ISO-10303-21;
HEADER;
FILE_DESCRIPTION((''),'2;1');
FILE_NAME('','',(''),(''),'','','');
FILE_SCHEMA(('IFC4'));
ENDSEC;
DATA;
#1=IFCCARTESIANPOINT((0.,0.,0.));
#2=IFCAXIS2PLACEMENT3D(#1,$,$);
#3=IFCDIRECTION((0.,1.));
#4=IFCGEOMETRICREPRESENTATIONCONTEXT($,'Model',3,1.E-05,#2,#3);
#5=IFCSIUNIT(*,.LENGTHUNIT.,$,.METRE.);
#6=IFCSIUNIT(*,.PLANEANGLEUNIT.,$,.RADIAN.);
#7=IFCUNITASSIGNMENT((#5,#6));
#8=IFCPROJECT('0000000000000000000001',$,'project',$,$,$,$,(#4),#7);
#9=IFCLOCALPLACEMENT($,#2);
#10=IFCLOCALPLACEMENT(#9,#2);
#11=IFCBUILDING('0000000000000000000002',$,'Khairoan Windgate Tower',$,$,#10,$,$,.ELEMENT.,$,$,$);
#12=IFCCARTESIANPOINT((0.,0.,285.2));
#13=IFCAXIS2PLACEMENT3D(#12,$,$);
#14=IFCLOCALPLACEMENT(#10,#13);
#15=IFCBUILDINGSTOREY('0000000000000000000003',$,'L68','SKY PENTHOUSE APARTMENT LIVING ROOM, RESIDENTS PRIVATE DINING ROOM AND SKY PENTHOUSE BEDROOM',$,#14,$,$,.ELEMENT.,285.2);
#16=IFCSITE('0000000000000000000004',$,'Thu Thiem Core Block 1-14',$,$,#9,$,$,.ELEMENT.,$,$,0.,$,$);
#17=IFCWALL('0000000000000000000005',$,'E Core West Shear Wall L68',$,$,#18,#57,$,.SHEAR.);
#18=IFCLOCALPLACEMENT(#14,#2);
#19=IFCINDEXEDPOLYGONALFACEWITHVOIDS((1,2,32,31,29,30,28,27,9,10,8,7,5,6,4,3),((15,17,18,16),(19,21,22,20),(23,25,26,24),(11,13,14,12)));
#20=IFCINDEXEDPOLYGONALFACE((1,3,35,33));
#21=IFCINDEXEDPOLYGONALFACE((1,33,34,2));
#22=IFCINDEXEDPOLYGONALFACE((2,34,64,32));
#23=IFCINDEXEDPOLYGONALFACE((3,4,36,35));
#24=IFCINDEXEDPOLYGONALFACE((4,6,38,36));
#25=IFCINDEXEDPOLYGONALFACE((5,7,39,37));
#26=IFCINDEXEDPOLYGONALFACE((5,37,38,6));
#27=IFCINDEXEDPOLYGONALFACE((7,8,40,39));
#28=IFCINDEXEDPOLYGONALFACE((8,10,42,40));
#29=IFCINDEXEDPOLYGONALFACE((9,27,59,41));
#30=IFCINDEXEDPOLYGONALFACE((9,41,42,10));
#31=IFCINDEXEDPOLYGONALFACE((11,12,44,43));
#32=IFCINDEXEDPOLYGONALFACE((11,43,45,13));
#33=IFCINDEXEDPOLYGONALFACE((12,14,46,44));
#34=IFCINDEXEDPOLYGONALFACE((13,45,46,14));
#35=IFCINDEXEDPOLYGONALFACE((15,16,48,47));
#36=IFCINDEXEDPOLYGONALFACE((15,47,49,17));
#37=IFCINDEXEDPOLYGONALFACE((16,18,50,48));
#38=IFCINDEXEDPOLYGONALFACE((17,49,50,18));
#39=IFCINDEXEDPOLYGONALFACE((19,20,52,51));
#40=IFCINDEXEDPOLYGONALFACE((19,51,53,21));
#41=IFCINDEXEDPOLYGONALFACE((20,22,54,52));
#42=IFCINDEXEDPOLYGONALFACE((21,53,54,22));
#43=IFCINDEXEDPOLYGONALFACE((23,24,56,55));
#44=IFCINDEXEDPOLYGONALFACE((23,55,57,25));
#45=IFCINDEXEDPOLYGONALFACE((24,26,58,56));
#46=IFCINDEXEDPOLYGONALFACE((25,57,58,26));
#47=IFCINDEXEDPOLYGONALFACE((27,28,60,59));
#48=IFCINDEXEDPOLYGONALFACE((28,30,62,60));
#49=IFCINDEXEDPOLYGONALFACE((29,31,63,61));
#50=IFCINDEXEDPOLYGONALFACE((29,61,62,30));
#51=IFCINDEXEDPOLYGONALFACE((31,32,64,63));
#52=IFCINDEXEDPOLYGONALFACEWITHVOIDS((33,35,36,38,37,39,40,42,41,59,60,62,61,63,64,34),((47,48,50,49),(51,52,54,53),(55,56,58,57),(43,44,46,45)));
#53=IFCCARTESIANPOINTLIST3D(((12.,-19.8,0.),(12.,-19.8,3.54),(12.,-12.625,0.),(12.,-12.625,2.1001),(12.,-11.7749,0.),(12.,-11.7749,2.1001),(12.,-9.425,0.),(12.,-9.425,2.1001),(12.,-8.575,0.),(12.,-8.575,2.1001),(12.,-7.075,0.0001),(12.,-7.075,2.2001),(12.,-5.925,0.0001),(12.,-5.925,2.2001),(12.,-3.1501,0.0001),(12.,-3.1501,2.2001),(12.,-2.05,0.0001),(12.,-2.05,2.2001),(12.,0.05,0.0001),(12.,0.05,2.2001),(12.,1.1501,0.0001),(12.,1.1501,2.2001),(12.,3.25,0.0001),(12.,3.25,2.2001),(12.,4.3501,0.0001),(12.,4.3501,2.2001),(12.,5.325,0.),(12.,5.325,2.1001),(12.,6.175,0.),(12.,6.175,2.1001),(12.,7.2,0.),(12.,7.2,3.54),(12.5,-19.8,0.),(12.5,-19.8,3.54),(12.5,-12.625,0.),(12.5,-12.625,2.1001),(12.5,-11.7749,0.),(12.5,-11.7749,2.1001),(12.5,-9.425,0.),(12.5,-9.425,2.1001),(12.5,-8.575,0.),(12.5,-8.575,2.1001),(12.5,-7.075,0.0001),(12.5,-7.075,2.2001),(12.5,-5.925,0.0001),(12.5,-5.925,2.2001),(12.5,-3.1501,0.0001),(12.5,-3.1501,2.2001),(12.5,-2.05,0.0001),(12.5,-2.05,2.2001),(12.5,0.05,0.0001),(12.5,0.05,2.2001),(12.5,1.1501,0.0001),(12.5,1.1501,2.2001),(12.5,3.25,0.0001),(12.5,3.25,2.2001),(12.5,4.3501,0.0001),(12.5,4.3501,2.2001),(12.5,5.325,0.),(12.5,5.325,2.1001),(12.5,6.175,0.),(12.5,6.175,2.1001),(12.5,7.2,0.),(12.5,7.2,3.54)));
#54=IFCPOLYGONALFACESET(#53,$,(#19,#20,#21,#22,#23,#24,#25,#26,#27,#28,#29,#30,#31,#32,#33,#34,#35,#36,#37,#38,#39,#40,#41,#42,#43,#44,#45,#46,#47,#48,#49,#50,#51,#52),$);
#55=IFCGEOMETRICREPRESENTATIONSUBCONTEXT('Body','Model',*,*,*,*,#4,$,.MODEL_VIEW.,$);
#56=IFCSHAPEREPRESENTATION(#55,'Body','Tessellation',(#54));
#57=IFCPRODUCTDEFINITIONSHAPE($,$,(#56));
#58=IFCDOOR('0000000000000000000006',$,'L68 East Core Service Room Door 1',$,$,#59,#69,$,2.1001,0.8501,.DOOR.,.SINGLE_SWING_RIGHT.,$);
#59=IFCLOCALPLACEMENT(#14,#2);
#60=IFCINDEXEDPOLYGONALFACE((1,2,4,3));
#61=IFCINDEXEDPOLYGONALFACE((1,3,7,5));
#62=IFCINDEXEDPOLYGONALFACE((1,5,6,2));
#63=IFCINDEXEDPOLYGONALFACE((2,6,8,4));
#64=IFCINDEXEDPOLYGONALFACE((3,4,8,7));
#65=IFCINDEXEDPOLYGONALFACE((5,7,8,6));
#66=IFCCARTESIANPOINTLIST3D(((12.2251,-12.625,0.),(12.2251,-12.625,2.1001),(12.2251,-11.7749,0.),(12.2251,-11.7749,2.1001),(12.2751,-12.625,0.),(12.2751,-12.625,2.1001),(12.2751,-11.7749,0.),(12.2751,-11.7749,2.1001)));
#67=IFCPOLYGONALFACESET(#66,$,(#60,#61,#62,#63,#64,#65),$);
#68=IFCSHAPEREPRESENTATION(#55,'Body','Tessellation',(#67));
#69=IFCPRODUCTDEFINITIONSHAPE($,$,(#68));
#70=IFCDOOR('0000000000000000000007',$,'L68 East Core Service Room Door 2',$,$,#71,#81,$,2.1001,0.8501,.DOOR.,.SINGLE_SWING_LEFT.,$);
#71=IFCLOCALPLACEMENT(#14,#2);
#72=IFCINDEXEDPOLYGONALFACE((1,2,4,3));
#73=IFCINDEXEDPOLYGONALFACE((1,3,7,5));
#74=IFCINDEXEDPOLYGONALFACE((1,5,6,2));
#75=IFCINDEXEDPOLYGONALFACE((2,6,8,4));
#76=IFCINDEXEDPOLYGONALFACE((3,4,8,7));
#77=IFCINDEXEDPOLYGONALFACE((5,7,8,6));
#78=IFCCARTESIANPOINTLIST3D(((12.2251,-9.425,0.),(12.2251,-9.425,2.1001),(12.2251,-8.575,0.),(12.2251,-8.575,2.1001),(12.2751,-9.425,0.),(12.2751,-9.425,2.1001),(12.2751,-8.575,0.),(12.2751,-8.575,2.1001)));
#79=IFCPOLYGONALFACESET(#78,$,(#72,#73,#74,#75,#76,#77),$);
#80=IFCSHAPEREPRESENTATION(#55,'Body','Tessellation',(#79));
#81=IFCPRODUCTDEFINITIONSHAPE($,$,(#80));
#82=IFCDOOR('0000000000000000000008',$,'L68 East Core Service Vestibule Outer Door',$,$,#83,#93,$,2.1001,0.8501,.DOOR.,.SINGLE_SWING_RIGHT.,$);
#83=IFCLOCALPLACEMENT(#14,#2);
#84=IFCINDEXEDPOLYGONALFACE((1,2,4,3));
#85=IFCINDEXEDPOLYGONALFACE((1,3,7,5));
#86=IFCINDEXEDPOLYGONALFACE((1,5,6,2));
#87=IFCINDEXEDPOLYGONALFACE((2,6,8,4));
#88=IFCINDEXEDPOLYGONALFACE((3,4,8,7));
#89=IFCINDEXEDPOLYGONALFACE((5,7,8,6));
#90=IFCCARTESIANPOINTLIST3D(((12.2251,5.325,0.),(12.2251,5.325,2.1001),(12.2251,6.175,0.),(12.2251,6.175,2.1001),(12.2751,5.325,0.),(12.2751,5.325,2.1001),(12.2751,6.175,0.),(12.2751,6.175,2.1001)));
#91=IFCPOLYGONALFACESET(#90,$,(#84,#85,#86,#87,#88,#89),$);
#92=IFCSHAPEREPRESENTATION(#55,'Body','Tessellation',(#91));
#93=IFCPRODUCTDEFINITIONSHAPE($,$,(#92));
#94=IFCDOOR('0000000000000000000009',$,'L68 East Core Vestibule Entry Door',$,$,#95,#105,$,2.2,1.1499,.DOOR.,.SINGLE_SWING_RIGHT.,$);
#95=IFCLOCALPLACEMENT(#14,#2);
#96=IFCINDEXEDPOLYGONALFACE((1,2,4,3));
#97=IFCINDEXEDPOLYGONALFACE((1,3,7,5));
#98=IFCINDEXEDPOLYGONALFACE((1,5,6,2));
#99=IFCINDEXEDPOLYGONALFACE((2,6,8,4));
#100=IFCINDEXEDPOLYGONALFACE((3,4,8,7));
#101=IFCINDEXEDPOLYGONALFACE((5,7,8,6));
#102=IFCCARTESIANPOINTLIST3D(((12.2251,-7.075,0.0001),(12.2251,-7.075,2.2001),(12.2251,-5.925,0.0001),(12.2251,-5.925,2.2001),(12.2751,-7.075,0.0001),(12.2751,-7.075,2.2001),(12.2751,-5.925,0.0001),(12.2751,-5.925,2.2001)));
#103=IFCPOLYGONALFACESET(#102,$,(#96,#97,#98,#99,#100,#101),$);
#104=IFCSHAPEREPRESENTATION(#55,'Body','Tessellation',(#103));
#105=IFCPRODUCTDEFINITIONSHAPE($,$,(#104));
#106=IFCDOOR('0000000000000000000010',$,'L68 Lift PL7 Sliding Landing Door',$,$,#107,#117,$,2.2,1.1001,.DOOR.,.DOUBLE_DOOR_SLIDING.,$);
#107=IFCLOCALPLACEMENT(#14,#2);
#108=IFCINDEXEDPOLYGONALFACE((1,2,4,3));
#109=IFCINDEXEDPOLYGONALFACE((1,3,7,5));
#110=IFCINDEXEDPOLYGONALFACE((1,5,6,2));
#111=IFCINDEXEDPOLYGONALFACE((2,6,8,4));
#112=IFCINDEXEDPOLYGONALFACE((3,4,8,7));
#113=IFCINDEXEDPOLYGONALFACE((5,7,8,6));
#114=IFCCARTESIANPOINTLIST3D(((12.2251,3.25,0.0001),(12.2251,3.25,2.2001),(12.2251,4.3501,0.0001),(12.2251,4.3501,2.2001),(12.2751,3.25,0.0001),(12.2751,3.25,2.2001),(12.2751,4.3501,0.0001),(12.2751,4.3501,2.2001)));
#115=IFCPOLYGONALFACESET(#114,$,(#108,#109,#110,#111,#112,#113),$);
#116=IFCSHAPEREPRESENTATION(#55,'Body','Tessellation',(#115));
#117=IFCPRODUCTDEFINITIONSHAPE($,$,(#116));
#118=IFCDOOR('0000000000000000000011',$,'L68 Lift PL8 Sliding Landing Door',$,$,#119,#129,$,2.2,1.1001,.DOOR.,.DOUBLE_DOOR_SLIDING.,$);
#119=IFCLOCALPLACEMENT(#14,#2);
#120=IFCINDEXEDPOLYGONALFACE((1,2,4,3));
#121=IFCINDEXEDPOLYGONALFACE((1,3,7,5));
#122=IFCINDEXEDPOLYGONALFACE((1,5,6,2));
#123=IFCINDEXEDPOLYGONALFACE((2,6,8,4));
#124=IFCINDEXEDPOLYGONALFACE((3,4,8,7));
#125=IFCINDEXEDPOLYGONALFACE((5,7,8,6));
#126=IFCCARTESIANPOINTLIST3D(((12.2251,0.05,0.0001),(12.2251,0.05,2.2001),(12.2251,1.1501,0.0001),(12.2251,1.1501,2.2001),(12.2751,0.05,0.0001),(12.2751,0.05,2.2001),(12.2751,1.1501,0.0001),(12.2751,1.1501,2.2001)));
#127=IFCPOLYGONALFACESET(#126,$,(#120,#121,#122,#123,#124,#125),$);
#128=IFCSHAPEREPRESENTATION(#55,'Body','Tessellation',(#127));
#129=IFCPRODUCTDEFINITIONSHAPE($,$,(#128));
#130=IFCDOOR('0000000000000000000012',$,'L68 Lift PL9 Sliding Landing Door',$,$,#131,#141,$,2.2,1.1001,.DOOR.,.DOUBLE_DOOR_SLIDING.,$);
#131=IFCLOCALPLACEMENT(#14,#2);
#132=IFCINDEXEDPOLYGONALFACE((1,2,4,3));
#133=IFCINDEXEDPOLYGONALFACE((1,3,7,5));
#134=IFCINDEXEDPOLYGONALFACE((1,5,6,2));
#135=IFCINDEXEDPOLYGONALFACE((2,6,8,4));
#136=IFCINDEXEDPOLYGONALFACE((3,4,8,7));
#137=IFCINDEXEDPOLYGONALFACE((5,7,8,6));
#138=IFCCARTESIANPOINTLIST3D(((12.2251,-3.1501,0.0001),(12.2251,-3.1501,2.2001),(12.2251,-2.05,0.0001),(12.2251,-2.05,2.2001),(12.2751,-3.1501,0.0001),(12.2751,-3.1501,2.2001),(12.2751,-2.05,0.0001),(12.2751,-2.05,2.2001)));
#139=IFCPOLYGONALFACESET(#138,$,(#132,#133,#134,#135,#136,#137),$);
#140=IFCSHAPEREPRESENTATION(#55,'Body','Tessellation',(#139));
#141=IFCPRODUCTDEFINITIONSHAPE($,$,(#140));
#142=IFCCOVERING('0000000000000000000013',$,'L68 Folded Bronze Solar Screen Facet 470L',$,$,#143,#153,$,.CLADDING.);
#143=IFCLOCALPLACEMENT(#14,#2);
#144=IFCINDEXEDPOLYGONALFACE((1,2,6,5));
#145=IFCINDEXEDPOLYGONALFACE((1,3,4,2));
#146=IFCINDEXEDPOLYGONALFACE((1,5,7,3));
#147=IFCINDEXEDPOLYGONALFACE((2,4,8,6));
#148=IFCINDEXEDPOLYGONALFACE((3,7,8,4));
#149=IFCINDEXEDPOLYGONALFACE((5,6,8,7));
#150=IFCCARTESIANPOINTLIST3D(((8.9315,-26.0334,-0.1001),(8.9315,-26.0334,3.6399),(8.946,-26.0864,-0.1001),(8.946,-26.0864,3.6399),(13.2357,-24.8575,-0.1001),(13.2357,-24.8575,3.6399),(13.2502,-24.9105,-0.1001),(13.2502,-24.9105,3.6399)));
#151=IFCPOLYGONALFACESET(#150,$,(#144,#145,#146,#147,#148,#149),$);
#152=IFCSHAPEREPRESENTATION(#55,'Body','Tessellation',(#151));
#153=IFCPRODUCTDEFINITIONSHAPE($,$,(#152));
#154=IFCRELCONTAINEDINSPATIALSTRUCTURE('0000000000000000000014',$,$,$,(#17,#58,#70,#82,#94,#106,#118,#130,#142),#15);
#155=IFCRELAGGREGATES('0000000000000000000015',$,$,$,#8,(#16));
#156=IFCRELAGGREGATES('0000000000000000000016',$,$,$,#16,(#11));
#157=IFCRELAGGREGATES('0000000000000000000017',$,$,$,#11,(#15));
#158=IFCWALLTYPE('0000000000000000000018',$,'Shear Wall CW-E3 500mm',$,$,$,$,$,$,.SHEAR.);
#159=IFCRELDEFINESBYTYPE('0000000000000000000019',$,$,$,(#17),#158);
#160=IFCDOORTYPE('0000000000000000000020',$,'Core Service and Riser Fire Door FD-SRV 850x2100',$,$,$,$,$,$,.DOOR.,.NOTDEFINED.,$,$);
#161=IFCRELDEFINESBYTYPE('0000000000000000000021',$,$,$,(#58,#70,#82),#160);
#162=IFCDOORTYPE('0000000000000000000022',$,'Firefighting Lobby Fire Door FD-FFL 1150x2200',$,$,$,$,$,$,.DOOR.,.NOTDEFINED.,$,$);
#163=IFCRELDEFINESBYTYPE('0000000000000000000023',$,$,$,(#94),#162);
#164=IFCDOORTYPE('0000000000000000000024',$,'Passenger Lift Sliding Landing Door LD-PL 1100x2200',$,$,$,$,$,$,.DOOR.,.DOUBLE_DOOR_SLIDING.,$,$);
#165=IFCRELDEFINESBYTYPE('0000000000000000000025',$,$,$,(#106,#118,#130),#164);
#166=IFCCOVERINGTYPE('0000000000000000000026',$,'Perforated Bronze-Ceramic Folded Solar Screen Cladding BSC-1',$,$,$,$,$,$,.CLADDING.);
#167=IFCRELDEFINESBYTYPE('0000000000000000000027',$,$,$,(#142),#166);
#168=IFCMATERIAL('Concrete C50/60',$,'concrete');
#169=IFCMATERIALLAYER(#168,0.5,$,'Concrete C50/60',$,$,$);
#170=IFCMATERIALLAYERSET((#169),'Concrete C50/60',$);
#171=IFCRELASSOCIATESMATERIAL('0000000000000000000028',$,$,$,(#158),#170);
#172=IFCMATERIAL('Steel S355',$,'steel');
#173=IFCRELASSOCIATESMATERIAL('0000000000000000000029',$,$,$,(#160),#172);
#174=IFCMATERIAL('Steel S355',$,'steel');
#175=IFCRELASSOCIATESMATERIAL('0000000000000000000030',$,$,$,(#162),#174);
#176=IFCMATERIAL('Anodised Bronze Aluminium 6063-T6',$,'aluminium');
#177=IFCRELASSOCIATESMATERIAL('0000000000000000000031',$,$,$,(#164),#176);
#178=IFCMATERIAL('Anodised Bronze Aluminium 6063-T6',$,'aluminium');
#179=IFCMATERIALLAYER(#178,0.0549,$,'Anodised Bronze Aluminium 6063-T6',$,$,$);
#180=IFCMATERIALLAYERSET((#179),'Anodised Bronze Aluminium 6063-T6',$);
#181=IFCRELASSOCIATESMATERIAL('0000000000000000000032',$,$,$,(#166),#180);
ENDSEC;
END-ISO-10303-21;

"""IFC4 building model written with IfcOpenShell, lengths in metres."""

from ifc_helpers import new_model, si_unit, direction, frame, frame_2d, origin, origin_2d, place, context, subcontext, project, spatial, rectangle, extrude, material, layer, layer_set, type_object, element, fill, save


model = new_model("IFC4")

# Units and contexts
model_context = context("Model", 3, precision=1e-05, world=origin(), true_north=direction((0.0, 1.0)))
body_context = subcontext(model_context, "Body", "Model", "MODEL_VIEW")
ifc_project = project(units=[si_unit("LENGTHUNIT", "METRE"), si_unit("PLANEANGLEUNIT", "RADIAN")], contexts=[model_context])

# Site, building, storey
site_placement = place(None, origin())
site = spatial("IfcSite", under=ifc_project, at=site_placement, Name="Thu Thiem Core Block 1-14", CompositionType="ELEMENT", RefElevation=0.0)
building_placement = place(site_placement, origin())
building = spatial("IfcBuilding", under=site, at=building_placement, Name="Khairoan Windgate Tower", CompositionType="ELEMENT")
storey_placement = place(building_placement, frame((0.0, 0.0, 285.2)))
storey = spatial("IfcBuildingStorey", under=building, at=storey_placement, Name="L68", Description="SKY PENTHOUSE APARTMENT LIVING ROOM, RESIDENTS PRIVATE DINING ROOM AND SKY PENTHOUSE BEDROOM", CompositionType="ELEMENT", Elevation=285.2)

# Wall, openings, doors
ifc_material_1 = material(Name="Concrete C50/60", Category="concrete")
ifc_layer_1 = layer(ifc_material_1, 0.5, Name="Concrete C50/60")
ifc_layer_set_1 = layer_set([ifc_layer_1], Name="Concrete C50/60")
wall_type_1 = type_object("IfcWallType", Name="Shear Wall CW-E3 500mm", PredefinedType="SHEAR", material=ifc_layer_set_1)
wall_1_placement = place(storey_placement, frame((12.25, -19.8, 0.0), z_axis=(0.0, 0.0, 1.0), x_axis=(0.0, 1.0, 0.0)))
wall_1 = element("IfcWall", 1, at=wall_1_placement, inside=storey, type_object=wall_type_1, Name="E Core West Shear Wall L68", PredefinedType="SHEAR", context=body_context, shape_type="SweptSolid", body=[
    extrude(rectangle(XDim=27.0, YDim=0.5, at=frame_2d((13.5, 0.0))), origin(), (0.0, 0.0, 1.0), 3.54),
])
opening_1_placement = place(wall_1_placement, frame((23.05, 0.0, 0.0)))
opening_1 = element("IfcOpeningElement", 2, at=opening_1_placement, cuts=wall_1, PredefinedType="OPENING", context=body_context, shape_type="SweptSolid", body=[
    extrude(rectangle(XDim=1.1001, YDim=2.2, at=frame_2d((0.55, 1.1001))), frame((0.0, 0.26, 0.0), z_axis=(0.0, -1.0, 0.0), x_axis=(1.0, 0.0, 0.0)), (0.0, 0.0, 1.0), 0.52),
])
opening_2_placement = place(wall_1_placement, frame((19.8501, 0.0, 0.0)))
opening_2 = element("IfcOpeningElement", 3, at=opening_2_placement, cuts=wall_1, PredefinedType="OPENING", context=body_context, shape_type="SweptSolid", body=[
    extrude(rectangle(XDim=1.1001, YDim=2.2, at=frame_2d((0.55, 1.1001))), frame((0.0, 0.26, 0.0), z_axis=(0.0, -1.0, 0.0), x_axis=(1.0, 0.0, 0.0)), (0.0, 0.0, 1.0), 0.52),
])
opening_3_placement = place(wall_1_placement, frame((16.6499, 0.0, 0.0)))
opening_3 = element("IfcOpeningElement", 4, at=opening_3_placement, cuts=wall_1, PredefinedType="OPENING", context=body_context, shape_type="SweptSolid", body=[
    extrude(rectangle(XDim=1.1001, YDim=2.2, at=frame_2d((0.55, 1.1001))), frame((0.0, 0.26, 0.0), z_axis=(0.0, -1.0, 0.0), x_axis=(1.0, 0.0, 0.0)), (0.0, 0.0, 1.0), 0.52),
])
opening_4_placement = place(wall_1_placement, frame((7.175, 0.0, 0.0)))
opening_4 = element("IfcOpeningElement", 5, at=opening_4_placement, cuts=wall_1, PredefinedType="OPENING", context=body_context, shape_type="SweptSolid", body=[
    extrude(rectangle(XDim=0.8501, YDim=2.1001, at=frame_2d((0.425, 1.05))), frame((0.0, 0.26, 0.0), z_axis=(0.0, -1.0, 0.0), x_axis=(1.0, 0.0, 0.0)), (0.0, 0.0, 1.0), 0.52),
])
opening_5_placement = place(wall_1_placement, frame((10.375, 0.0, 0.0)))
opening_5 = element("IfcOpeningElement", 6, at=opening_5_placement, cuts=wall_1, PredefinedType="OPENING", context=body_context, shape_type="SweptSolid", body=[
    extrude(rectangle(XDim=0.8501, YDim=2.1001, at=frame_2d((0.425, 1.05))), frame((0.0, 0.26, 0.0), z_axis=(0.0, -1.0, 0.0), x_axis=(1.0, 0.0, 0.0)), (0.0, 0.0, 1.0), 0.52),
])
opening_6_placement = place(wall_1_placement, frame((12.7251, 0.0, 0.0)))
opening_6 = element("IfcOpeningElement", 7, at=opening_6_placement, cuts=wall_1, PredefinedType="OPENING", context=body_context, shape_type="SweptSolid", body=[
    extrude(rectangle(XDim=1.1499, YDim=2.2, at=frame_2d((0.575, 1.1001))), frame((0.0, 0.26, 0.0), z_axis=(0.0, -1.0, 0.0), x_axis=(1.0, 0.0, 0.0)), (0.0, 0.0, 1.0), 0.52),
])
opening_7_placement = place(wall_1_placement, frame((25.125, 0.0, 0.0)))
opening_7 = element("IfcOpeningElement", 8, at=opening_7_placement, cuts=wall_1, PredefinedType="OPENING", context=body_context, shape_type="SweptSolid", body=[
    extrude(rectangle(XDim=0.8501, YDim=2.1001, at=frame_2d((0.425, 1.05))), frame((0.0, 0.26, 0.0), z_axis=(0.0, -1.0, 0.0), x_axis=(1.0, 0.0, 0.0)), (0.0, 0.0, 1.0), 0.52),
])
ifc_material_2 = material(Name="Steel S355", Category="steel")
door_type_1 = type_object("IfcDoorType", Name="Core Service and Riser Fire Door FD-SRV 850x2100", OperationType="NOTDEFINED", PredefinedType="DOOR", material=ifc_material_2)
door_1_placement = place(opening_4_placement, origin())
door_1 = element("IfcDoor", 9, at=door_1_placement, inside=storey, type_object=door_type_1, Name="L68 East Core Service Room Door 1", OperationType="SINGLE_SWING_RIGHT", OverallHeight=2.1001, OverallWidth=0.8501, PredefinedType="DOOR", context=body_context, shape_type="SweptSolid", body=[
    extrude(rectangle(XDim=0.8501, YDim=2.1001, at=frame_2d((0.425, 1.05))), frame((0.0, 0.0249, 0.0), z_axis=(0.0, -1.0, 0.0), x_axis=(1.0, 0.0, 0.0)), (0.0, 0.0, 1.0), 0.05),
])
fill(opening_4, door_1)
door_2_placement = place(opening_5_placement, origin())
door_2 = element("IfcDoor", 10, at=door_2_placement, inside=storey, type_object=door_type_1, Name="L68 East Core Service Room Door 2", OperationType="SINGLE_SWING_LEFT", OverallHeight=2.1001, OverallWidth=0.8501, PredefinedType="DOOR", context=body_context, shape_type="SweptSolid", body=[
    extrude(rectangle(XDim=0.8501, YDim=2.1001, at=frame_2d((0.425, 1.05))), frame((0.0, 0.0249, 0.0), z_axis=(0.0, -1.0, 0.0), x_axis=(1.0, 0.0, 0.0)), (0.0, 0.0, 1.0), 0.05),
])
fill(opening_5, door_2)
door_3_placement = place(opening_7_placement, origin())
door_3 = element("IfcDoor", 11, at=door_3_placement, inside=storey, type_object=door_type_1, Name="L68 East Core Service Vestibule Outer Door", OperationType="SINGLE_SWING_RIGHT", OverallHeight=2.1001, OverallWidth=0.8501, PredefinedType="DOOR", context=body_context, shape_type="SweptSolid", body=[
    extrude(rectangle(XDim=0.8501, YDim=2.1001, at=frame_2d((0.425, 1.05))), frame((0.0, 0.0249, 0.0), z_axis=(0.0, -1.0, 0.0), x_axis=(1.0, 0.0, 0.0)), (0.0, 0.0, 1.0), 0.05),
])
fill(opening_7, door_3)
ifc_material_3 = material(Name="Steel S355", Category="steel")
door_type_2 = type_object("IfcDoorType", Name="Firefighting Lobby Fire Door FD-FFL 1150x2200", OperationType="NOTDEFINED", PredefinedType="DOOR", material=ifc_material_3)
door_4_placement = place(opening_6_placement, origin())
door_4 = element("IfcDoor", 12, at=door_4_placement, inside=storey, type_object=door_type_2, Name="L68 East Core Vestibule Entry Door", OperationType="SINGLE_SWING_RIGHT", OverallHeight=2.2, OverallWidth=1.1499, PredefinedType="DOOR", context=body_context, shape_type="SweptSolid", body=[
    extrude(rectangle(XDim=1.1499, YDim=2.2, at=frame_2d((0.575, 1.1001))), frame((0.0, 0.0249, 0.0), z_axis=(0.0, -1.0, 0.0), x_axis=(1.0, 0.0, 0.0)), (0.0, 0.0, 1.0), 0.05),
])
fill(opening_6, door_4)
ifc_material_4 = material(Name="Anodised Bronze Aluminium 6063-T6", Category="aluminium")
door_type_3 = type_object("IfcDoorType", Name="Passenger Lift Sliding Landing Door LD-PL 1100x2200", OperationType="DOUBLE_DOOR_SLIDING", PredefinedType="DOOR", material=ifc_material_4)
door_5_placement = place(opening_1_placement, origin())
door_5 = element("IfcDoor", 13, at=door_5_placement, inside=storey, type_object=door_type_3, Name="L68 Lift PL7 Sliding Landing Door", OperationType="DOUBLE_DOOR_SLIDING", OverallHeight=2.2, OverallWidth=1.1001, PredefinedType="DOOR", context=body_context, shape_type="SweptSolid", body=[
    extrude(rectangle(XDim=1.1001, YDim=2.2, at=frame_2d((0.55, 1.1001))), frame((0.0, 0.0249, 0.0), z_axis=(0.0, -1.0, 0.0), x_axis=(1.0, 0.0, 0.0)), (0.0, 0.0, 1.0), 0.05),
])
fill(opening_1, door_5)
door_6_placement = place(opening_2_placement, origin())
door_6 = element("IfcDoor", 14, at=door_6_placement, inside=storey, type_object=door_type_3, Name="L68 Lift PL8 Sliding Landing Door", OperationType="DOUBLE_DOOR_SLIDING", OverallHeight=2.2, OverallWidth=1.1001, PredefinedType="DOOR", context=body_context, shape_type="SweptSolid", body=[
    extrude(rectangle(XDim=1.1001, YDim=2.2, at=frame_2d((0.55, 1.1001))), frame((0.0, 0.0249, 0.0), z_axis=(0.0, -1.0, 0.0), x_axis=(1.0, 0.0, 0.0)), (0.0, 0.0, 1.0), 0.05),
])
fill(opening_2, door_6)
door_7_placement = place(opening_3_placement, origin())
door_7 = element("IfcDoor", 15, at=door_7_placement, inside=storey, type_object=door_type_3, Name="L68 Lift PL9 Sliding Landing Door", OperationType="DOUBLE_DOOR_SLIDING", OverallHeight=2.2, OverallWidth=1.1001, PredefinedType="DOOR", context=body_context, shape_type="SweptSolid", body=[
    extrude(rectangle(XDim=1.1001, YDim=2.2, at=frame_2d((0.55, 1.1001))), frame((0.0, 0.0249, 0.0), z_axis=(0.0, -1.0, 0.0), x_axis=(1.0, 0.0, 0.0)), (0.0, 0.0, 1.0), 0.05),
])
fill(opening_3, door_7)

# Covering
ifc_material_5 = material(Name="Anodised Bronze Aluminium 6063-T6", Category="aluminium")
ifc_layer_2 = layer(ifc_material_5, 0.0549, Name="Anodised Bronze Aluminium 6063-T6")
ifc_layer_set_2 = layer_set([ifc_layer_2], Name="Anodised Bronze Aluminium 6063-T6")
covering_type = type_object("IfcCoveringType", Name="Perforated Bronze-Ceramic Folded Solar Screen Cladding BSC-1", PredefinedType="CLADDING", material=ifc_layer_set_2)
covering_placement = place(storey_placement, frame((11.0908, -25.4719, -0.1001), z_axis=(0.0, 0.0, 1.0), x_axis=(-0.964649, -0.263536, 0.0)))
element("IfcCovering", 16, at=covering_placement, inside=storey, type_object=covering_type, Name="L68 Folded Bronze Solar Screen Facet 470L", PredefinedType="CLADDING", context=body_context, shape_type="SweptSolid", body=[
    extrude(rectangle(XDim=4.4619, YDim=0.0549, at=origin_2d()), origin(), (0.0, 0.0, 1.0), 3.74),
])

save(model, "model.ifc")
